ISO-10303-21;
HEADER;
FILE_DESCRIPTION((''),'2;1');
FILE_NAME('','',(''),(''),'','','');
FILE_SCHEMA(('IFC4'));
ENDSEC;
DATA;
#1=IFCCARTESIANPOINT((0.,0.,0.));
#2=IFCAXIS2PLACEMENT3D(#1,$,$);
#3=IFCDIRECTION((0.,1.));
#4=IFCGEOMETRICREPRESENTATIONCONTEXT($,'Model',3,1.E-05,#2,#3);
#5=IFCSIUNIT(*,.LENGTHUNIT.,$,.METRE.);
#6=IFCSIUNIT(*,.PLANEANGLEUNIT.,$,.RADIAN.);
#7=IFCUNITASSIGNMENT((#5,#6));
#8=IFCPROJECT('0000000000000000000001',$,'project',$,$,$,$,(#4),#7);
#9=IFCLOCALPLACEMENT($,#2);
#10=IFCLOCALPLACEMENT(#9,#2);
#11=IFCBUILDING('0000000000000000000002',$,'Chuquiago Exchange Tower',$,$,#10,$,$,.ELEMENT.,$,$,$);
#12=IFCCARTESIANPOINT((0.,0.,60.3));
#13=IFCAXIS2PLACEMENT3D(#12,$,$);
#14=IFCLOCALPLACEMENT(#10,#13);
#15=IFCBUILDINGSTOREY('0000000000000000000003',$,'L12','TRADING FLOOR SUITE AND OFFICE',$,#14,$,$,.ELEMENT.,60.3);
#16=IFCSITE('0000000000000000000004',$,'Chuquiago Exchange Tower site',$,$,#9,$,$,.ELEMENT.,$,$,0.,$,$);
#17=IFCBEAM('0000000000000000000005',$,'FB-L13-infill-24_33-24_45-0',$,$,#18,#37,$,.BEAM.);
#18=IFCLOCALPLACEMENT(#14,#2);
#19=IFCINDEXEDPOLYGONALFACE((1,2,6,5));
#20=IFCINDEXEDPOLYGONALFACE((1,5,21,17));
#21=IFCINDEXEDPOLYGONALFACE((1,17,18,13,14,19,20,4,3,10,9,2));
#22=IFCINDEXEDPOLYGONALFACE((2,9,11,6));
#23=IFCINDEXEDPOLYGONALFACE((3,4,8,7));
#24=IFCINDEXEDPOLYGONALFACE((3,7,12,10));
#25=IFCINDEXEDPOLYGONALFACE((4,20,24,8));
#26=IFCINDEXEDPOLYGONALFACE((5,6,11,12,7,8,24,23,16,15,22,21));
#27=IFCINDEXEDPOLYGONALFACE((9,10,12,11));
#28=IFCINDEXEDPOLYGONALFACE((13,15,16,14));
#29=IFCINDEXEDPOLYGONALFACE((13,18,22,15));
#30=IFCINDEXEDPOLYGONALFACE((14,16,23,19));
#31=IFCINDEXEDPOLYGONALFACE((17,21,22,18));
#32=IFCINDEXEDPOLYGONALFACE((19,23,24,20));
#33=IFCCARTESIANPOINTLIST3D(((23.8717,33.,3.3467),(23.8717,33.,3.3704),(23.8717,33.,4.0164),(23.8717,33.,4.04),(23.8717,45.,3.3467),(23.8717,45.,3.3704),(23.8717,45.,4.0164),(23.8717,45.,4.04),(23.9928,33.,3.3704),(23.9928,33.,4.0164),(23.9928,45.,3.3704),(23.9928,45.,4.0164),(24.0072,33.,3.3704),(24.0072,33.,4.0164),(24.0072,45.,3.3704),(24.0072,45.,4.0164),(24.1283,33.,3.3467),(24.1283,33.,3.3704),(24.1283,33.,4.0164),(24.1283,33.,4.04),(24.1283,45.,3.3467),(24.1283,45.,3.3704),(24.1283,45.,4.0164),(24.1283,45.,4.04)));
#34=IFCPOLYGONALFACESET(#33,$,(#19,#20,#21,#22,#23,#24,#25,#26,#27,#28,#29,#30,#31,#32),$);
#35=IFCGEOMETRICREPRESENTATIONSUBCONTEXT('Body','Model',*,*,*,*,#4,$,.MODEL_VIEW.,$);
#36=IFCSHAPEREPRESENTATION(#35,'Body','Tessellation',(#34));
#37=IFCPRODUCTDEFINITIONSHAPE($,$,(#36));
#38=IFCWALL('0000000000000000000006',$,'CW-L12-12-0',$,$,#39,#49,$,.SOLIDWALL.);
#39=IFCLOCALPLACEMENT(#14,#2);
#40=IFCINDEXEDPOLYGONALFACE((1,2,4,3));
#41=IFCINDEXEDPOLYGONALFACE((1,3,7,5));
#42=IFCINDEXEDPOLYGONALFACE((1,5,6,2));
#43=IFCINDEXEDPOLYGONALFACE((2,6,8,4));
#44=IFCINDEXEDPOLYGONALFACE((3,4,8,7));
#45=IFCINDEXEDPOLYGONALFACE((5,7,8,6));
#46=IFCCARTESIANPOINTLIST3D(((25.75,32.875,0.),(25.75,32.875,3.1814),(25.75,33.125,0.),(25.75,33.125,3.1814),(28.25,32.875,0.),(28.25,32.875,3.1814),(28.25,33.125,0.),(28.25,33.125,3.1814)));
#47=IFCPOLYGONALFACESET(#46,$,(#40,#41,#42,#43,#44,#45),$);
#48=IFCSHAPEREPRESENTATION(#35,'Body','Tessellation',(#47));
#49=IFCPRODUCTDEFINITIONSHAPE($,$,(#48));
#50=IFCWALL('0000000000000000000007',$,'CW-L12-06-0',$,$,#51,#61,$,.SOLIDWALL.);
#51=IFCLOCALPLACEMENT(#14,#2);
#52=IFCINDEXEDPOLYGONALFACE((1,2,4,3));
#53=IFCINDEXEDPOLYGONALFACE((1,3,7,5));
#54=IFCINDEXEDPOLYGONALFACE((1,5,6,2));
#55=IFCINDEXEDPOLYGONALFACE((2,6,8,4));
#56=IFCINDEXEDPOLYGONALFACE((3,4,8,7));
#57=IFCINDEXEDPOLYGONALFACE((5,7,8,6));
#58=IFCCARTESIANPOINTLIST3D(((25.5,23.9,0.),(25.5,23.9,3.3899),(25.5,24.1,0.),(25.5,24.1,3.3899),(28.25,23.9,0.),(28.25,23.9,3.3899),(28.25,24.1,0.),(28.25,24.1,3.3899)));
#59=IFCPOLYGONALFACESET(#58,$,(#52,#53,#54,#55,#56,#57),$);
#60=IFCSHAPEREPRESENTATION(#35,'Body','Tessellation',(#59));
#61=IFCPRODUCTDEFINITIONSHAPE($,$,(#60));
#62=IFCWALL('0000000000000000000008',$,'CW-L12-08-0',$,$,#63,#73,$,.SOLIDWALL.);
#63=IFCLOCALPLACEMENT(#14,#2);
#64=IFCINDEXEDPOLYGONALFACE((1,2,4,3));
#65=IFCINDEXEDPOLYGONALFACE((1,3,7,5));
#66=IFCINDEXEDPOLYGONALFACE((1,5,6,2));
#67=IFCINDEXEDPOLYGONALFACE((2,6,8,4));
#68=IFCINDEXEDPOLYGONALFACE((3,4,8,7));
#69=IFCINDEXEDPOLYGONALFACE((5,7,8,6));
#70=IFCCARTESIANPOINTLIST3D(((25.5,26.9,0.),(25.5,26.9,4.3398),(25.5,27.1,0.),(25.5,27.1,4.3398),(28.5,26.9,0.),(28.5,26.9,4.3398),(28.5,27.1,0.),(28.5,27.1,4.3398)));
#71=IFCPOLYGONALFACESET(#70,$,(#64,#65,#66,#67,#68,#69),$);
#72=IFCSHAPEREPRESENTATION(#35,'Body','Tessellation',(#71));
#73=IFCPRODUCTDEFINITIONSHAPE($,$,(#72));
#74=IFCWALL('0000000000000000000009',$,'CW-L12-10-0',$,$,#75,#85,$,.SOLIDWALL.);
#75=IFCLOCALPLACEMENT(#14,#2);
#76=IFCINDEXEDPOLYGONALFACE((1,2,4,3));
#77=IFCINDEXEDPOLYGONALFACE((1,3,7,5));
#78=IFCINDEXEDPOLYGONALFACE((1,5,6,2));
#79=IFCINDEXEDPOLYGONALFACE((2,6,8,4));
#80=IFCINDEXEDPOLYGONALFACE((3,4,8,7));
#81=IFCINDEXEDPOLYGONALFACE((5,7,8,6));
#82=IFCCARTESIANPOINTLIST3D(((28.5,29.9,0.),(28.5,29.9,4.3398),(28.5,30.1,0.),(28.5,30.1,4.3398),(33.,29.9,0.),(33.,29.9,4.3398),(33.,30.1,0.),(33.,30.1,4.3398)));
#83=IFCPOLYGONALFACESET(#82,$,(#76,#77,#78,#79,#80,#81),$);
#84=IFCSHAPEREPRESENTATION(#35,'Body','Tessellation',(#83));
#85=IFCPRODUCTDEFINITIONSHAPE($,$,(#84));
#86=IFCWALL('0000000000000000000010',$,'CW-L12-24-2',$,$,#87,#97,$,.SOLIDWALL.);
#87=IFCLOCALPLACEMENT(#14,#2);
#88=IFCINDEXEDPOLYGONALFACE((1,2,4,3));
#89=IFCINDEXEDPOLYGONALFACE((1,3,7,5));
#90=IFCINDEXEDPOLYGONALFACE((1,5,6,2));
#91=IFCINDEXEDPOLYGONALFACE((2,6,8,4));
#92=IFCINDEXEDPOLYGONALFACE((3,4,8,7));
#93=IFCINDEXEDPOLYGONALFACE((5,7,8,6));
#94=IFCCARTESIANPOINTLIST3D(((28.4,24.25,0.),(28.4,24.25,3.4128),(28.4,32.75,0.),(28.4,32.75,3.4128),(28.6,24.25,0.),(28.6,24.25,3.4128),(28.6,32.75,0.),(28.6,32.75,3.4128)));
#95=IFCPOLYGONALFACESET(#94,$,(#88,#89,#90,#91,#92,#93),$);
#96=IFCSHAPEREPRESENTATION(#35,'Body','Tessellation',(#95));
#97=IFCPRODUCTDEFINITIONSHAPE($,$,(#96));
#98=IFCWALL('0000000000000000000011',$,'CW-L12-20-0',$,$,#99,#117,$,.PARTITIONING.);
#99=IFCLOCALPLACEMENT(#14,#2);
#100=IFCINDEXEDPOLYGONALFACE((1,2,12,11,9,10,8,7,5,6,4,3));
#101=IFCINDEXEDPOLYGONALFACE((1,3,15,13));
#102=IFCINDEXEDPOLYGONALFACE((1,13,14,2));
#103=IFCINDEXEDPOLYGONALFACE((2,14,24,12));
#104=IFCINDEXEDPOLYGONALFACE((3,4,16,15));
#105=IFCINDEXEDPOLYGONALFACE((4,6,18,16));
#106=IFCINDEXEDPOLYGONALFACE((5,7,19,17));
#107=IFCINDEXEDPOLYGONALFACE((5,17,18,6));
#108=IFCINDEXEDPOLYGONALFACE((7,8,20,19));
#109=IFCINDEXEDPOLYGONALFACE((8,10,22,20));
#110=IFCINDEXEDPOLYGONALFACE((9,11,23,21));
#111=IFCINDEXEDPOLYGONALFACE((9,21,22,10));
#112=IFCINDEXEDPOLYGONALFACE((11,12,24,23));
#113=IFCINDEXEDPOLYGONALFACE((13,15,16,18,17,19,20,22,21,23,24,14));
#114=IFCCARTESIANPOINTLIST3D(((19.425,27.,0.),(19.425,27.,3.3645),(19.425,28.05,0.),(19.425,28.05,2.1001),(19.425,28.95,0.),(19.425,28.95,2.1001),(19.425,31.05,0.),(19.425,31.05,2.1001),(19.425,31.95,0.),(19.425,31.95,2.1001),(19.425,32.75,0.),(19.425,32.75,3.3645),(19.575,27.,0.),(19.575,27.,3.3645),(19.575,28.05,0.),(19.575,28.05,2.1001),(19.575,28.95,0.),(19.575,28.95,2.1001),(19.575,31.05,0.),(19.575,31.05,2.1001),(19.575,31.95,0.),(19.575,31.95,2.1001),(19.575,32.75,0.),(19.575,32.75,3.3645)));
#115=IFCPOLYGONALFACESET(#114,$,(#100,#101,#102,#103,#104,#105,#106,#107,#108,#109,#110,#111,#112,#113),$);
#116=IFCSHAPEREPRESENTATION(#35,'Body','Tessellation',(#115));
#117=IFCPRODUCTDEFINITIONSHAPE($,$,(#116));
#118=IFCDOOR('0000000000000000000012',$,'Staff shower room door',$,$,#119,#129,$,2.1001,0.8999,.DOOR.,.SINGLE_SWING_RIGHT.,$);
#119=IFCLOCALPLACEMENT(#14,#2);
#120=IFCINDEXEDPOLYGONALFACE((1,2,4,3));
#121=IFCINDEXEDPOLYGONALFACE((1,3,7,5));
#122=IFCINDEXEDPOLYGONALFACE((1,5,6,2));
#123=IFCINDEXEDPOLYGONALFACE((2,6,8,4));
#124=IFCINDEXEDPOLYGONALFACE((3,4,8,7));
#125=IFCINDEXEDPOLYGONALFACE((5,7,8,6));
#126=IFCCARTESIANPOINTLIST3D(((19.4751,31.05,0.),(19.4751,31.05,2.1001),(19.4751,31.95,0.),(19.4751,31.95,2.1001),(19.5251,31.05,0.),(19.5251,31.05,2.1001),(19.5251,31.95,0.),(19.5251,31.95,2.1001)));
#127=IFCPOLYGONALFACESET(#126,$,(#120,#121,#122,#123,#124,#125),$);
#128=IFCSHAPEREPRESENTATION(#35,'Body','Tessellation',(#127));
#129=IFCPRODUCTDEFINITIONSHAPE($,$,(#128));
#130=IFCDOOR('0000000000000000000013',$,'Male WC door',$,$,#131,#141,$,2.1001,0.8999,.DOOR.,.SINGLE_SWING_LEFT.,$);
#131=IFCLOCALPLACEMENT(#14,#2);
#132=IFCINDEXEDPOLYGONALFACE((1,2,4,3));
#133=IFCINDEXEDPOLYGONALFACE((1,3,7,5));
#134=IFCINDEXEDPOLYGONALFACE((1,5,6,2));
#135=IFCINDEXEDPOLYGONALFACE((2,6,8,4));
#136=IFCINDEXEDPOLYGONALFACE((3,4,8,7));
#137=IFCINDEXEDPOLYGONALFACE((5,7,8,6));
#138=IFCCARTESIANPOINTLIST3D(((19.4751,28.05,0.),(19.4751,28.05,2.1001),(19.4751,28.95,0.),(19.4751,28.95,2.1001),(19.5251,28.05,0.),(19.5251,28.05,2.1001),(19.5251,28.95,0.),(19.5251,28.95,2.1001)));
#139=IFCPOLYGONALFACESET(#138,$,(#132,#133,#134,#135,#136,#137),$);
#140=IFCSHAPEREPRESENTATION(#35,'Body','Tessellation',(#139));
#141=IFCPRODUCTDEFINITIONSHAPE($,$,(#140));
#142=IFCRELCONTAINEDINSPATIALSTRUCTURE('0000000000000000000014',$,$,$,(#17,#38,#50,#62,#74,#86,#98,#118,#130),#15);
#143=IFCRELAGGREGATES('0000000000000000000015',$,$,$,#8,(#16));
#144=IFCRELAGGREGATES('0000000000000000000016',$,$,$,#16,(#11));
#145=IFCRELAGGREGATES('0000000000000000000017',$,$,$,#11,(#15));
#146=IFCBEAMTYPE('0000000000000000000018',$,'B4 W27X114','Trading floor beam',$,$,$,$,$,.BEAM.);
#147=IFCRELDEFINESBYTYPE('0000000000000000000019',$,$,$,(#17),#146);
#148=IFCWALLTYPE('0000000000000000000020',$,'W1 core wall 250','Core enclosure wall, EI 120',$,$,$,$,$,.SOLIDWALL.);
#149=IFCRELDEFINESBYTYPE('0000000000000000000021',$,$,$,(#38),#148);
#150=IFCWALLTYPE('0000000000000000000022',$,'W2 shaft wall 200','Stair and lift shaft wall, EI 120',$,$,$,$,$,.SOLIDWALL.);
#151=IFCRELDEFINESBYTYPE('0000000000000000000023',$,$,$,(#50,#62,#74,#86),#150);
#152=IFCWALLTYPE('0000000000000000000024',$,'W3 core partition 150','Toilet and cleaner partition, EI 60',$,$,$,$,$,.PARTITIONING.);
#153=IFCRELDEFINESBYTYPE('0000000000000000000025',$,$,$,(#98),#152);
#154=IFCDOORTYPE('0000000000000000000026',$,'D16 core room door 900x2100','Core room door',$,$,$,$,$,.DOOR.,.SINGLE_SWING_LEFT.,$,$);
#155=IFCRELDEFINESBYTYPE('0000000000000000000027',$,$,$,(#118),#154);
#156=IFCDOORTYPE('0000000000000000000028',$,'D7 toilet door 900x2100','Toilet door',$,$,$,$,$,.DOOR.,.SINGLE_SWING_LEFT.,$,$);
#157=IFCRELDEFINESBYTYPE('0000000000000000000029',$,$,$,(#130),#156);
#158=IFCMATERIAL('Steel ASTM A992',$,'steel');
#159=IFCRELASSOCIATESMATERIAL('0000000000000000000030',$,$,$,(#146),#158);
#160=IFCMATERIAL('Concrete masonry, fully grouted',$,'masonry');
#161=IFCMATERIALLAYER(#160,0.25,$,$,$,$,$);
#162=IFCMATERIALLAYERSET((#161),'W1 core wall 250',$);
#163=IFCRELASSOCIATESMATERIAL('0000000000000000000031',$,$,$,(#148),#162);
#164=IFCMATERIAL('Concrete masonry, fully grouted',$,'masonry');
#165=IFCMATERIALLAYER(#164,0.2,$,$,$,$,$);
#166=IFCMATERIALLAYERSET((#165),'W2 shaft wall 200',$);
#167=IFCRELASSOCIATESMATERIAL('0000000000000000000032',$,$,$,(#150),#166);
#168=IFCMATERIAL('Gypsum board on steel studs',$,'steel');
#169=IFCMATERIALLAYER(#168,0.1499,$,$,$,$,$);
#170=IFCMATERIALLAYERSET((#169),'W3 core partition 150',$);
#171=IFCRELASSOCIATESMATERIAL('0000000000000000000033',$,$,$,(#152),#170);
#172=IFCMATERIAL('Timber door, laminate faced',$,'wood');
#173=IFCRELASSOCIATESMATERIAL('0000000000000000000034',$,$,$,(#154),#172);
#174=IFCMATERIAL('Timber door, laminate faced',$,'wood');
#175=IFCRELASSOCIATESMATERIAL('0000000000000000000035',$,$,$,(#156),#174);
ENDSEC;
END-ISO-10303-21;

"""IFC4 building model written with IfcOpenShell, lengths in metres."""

from ifc_helpers import new_model, si_unit, direction, frame, frame_2d, origin, origin_2d, place, context, subcontext, project, spatial, rectangle, i_section, extrude, material, layer, layer_set, material_profile, profile_set, type_object, element, fill, save


model = new_model("IFC4")

# Units and contexts
model_context = context("Model", 3, precision=1e-05, world=origin(), true_north=direction((0.0, 1.0)))
body_context = subcontext(model_context, "Body", "Model", "MODEL_VIEW")
ifc_project = project(units=[si_unit("LENGTHUNIT", "METRE"), si_unit("PLANEANGLEUNIT", "RADIAN")], contexts=[model_context])

# Site, building, storey
site_placement = place(None, origin())
site = spatial("IfcSite", under=ifc_project, at=site_placement, Name="Chuquiago Exchange Tower site", CompositionType="ELEMENT", RefElevation=0.0)
building_placement = place(site_placement, origin())
building = spatial("IfcBuilding", under=site, at=building_placement, Name="Chuquiago Exchange Tower", CompositionType="ELEMENT")
storey_placement = place(building_placement, frame((0.0, 0.0, 60.3)))
storey = spatial("IfcBuildingStorey", under=building, at=storey_placement, Name="L12", Description="TRADING FLOOR SUITE AND OFFICE", CompositionType="ELEMENT", Elevation=60.3)

# Beam
ifc_material_1 = material(Name="Steel ASTM A992", Category="steel")
ifc_material_profile_1 = material_profile(ifc_material_1, i_section(OverallWidth=0.2566, OverallDepth=0.6934, WebThickness=0.0144, FlangeThickness=0.0237, at=origin_2d()), Name="W27X114")
ifc_profile_set_1 = profile_set([ifc_material_profile_1], Name="Steel ASTM A992")
beam_type_1 = type_object("IfcBeamType", Name="B4 W27X114", Description="Trading floor beam", PredefinedType="BEAM", material=ifc_profile_set_1)
for number, where, z_axis, x_axis, name in (
    (1, (24.0, 33.0, 3.6934), (0.0, 1.0, 0.0), (-1.0, 0.0, 0.0), "FB-L13-infill-24_33-24_45-0"),
):
    element("IfcBeam", number, at=place(storey_placement, frame(where, z_axis=z_axis, x_axis=x_axis)), inside=storey, type_object=beam_type_1, Name=name, PredefinedType="BEAM", context=body_context, shape_type="SweptSolid", body=[
        extrude(i_section(OverallWidth=0.2566, OverallDepth=0.6934, WebThickness=0.0144, FlangeThickness=0.0237, at=origin_2d()), origin(), (0.0, 0.0, 1.0), 12.0),
    ])

# Walls
ifc_material_2 = material(Name="Concrete masonry, fully grouted", Category="masonry")
ifc_layer_1 = layer(ifc_material_2, 0.25)
ifc_layer_set_1 = layer_set([ifc_layer_1], Name="W1 core wall 250")
wall_type_1 = type_object("IfcWallType", Name="W1 core wall 250", Description="Core enclosure wall, EI 120", PredefinedType="SOLIDWALL", material=ifc_layer_set_1)
wall_1_placement = place(storey_placement, frame((25.75, 33.0, 0.0), z_axis=(0.0, 0.0, 1.0), x_axis=(1.0, 0.0, 0.0)))
element("IfcWall", 2, at=wall_1_placement, inside=storey, type_object=wall_type_1, Name="CW-L12-12-0", PredefinedType="SOLIDWALL", context=body_context, shape_type="SweptSolid", body=[
    extrude(rectangle(XDim=2.5, YDim=0.25, at=frame_2d((1.25, 0.0))), origin(), (0.0, 0.0, 1.0), 3.1814),
])
ifc_material_3 = material(Name="Concrete masonry, fully grouted", Category="masonry")
ifc_layer_2 = layer(ifc_material_3, 0.2)
ifc_layer_set_2 = layer_set([ifc_layer_2], Name="W2 shaft wall 200")
wall_type_2 = type_object("IfcWallType", Name="W2 shaft wall 200", Description="Stair and lift shaft wall, EI 120", PredefinedType="SOLIDWALL", material=ifc_layer_set_2)
wall_2_placement = place(storey_placement, frame((25.5, 24.0, 0.0), z_axis=(0.0, 0.0, 1.0), x_axis=(1.0, 0.0, 0.0)))
element("IfcWall", 3, at=wall_2_placement, inside=storey, type_object=wall_type_2, Name="CW-L12-06-0", PredefinedType="SOLIDWALL", context=body_context, shape_type="SweptSolid", body=[
    extrude(rectangle(XDim=2.75, YDim=0.2, at=frame_2d((1.375, 0.0))), origin(), (0.0, 0.0, 1.0), 3.3899),
])
wall_3_placement = place(storey_placement, frame((25.5, 27.0, 0.0), z_axis=(0.0, 0.0, 1.0), x_axis=(1.0, 0.0, 0.0)))
element("IfcWall", 4, at=wall_3_placement, inside=storey, type_object=wall_type_2, Name="CW-L12-08-0", PredefinedType="SOLIDWALL", context=body_context, shape_type="SweptSolid", body=[
    extrude(rectangle(XDim=3.0, YDim=0.2, at=frame_2d((1.5, 0.0))), origin(), (0.0, 0.0, 1.0), 4.3398),
])
wall_4_placement = place(storey_placement, frame((28.5, 30.0, 0.0), z_axis=(0.0, 0.0, 1.0), x_axis=(1.0, 0.0, 0.0)))
element("IfcWall", 5, at=wall_4_placement, inside=storey, type_object=wall_type_2, Name="CW-L12-10-0", PredefinedType="SOLIDWALL", context=body_context, shape_type="SweptSolid", body=[
    extrude(rectangle(XDim=4.5, YDim=0.2, at=frame_2d((2.25, 0.0))), origin(), (0.0, 0.0, 1.0), 4.3398),
])
wall_5_placement = place(storey_placement, frame((28.5, 24.25, 0.0), z_axis=(0.0, 0.0, 1.0), x_axis=(0.0, 1.0, 0.0)))
element("IfcWall", 6, at=wall_5_placement, inside=storey, type_object=wall_type_2, Name="CW-L12-24-2", PredefinedType="SOLIDWALL", context=body_context, shape_type="SweptSolid", body=[
    extrude(rectangle(XDim=8.5, YDim=0.2, at=frame_2d((4.25, 0.0))), origin(), (0.0, 0.0, 1.0), 3.4128),
])

# Wall, openings, doors
ifc_material_4 = material(Name="Gypsum board on steel studs", Category="steel")
ifc_layer_3 = layer(ifc_material_4, 0.1499)
ifc_layer_set_3 = layer_set([ifc_layer_3], Name="W3 core partition 150")
wall_type_3 = type_object("IfcWallType", Name="W3 core partition 150", Description="Toilet and cleaner partition, EI 60", PredefinedType="PARTITIONING", material=ifc_layer_set_3)
wall_6_placement = place(storey_placement, frame((19.5, 27.0, 0.0), z_axis=(0.0, 0.0, 1.0), x_axis=(0.0, 1.0, 0.0)))
wall_6 = element("IfcWall", 7, at=wall_6_placement, inside=storey, type_object=wall_type_3, Name="CW-L12-20-0", PredefinedType="PARTITIONING", context=body_context, shape_type="SweptSolid", body=[
    extrude(rectangle(XDim=5.75, YDim=0.1499, at=frame_2d((2.875, 0.0))), origin(), (0.0, 0.0, 1.0), 3.3645),
])
opening_1_placement = place(wall_6_placement, frame((1.05, 0.0, 0.0)))
opening_1 = element("IfcOpeningElement", 8, at=opening_1_placement, cuts=wall_6, PredefinedType="OPENING", context=body_context, shape_type="SweptSolid", body=[
    extrude(rectangle(XDim=0.8999, YDim=2.1001, at=frame_2d((0.45, 1.05))), frame((0.0, 0.085, 0.0), z_axis=(0.0, -1.0, 0.0), x_axis=(1.0, 0.0, 0.0)), (0.0, 0.0, 1.0), 0.1699),
])
opening_2_placement = place(wall_6_placement, frame((4.05, 0.0, 0.0)))
opening_2 = element("IfcOpeningElement", 9, at=opening_2_placement, cuts=wall_6, PredefinedType="OPENING", context=body_context, shape_type="SweptSolid", body=[
    extrude(rectangle(XDim=0.8999, YDim=2.1001, at=frame_2d((0.45, 1.05))), frame((0.0, 0.085, 0.0), z_axis=(0.0, -1.0, 0.0), x_axis=(1.0, 0.0, 0.0)), (0.0, 0.0, 1.0), 0.1699),
])
ifc_material_5 = material(Name="Timber door, laminate faced", Category="wood")
door_type_1 = type_object("IfcDoorType", Name="D16 core room door 900x2100", Description="Core room door", OperationType="SINGLE_SWING_LEFT", PredefinedType="DOOR", material=ifc_material_5)
door_1_placement = place(opening_2_placement, origin())
door_1 = element("IfcDoor", 10, at=door_1_placement, inside=storey, type_object=door_type_1, Name="Staff shower room door", OperationType="SINGLE_SWING_RIGHT", OverallHeight=2.1001, OverallWidth=0.8999, PredefinedType="DOOR", context=body_context, shape_type="SweptSolid", body=[
    extrude(rectangle(XDim=0.8999, YDim=2.1001, at=frame_2d((0.45, 1.05))), frame((0.0, 0.0249, 0.0), z_axis=(0.0, -1.0, 0.0), x_axis=(1.0, 0.0, 0.0)), (0.0, 0.0, 1.0), 0.05),
])
fill(opening_2, door_1)
ifc_material_6 = material(Name="Timber door, laminate faced", Category="wood")
door_type_2 = type_object("IfcDoorType", Name="D7 toilet door 900x2100", Description="Toilet door", OperationType="SINGLE_SWING_LEFT", PredefinedType="DOOR", material=ifc_material_6)
door_2_placement = place(opening_1_placement, origin())
door_2 = element("IfcDoor", 11, at=door_2_placement, inside=storey, type_object=door_type_2, Name="Male WC door", OperationType="SINGLE_SWING_LEFT", OverallHeight=2.1001, OverallWidth=0.8999, PredefinedType="DOOR", context=body_context, shape_type="SweptSolid", body=[
    extrude(rectangle(XDim=0.8999, YDim=2.1001, at=frame_2d((0.45, 1.05))), frame((0.0, 0.0249, 0.0), z_axis=(0.0, -1.0, 0.0), x_axis=(1.0, 0.0, 0.0)), (0.0, 0.0, 1.0), 0.05),
])
fill(opening_1, door_2)

save(model, "model.ifc")
